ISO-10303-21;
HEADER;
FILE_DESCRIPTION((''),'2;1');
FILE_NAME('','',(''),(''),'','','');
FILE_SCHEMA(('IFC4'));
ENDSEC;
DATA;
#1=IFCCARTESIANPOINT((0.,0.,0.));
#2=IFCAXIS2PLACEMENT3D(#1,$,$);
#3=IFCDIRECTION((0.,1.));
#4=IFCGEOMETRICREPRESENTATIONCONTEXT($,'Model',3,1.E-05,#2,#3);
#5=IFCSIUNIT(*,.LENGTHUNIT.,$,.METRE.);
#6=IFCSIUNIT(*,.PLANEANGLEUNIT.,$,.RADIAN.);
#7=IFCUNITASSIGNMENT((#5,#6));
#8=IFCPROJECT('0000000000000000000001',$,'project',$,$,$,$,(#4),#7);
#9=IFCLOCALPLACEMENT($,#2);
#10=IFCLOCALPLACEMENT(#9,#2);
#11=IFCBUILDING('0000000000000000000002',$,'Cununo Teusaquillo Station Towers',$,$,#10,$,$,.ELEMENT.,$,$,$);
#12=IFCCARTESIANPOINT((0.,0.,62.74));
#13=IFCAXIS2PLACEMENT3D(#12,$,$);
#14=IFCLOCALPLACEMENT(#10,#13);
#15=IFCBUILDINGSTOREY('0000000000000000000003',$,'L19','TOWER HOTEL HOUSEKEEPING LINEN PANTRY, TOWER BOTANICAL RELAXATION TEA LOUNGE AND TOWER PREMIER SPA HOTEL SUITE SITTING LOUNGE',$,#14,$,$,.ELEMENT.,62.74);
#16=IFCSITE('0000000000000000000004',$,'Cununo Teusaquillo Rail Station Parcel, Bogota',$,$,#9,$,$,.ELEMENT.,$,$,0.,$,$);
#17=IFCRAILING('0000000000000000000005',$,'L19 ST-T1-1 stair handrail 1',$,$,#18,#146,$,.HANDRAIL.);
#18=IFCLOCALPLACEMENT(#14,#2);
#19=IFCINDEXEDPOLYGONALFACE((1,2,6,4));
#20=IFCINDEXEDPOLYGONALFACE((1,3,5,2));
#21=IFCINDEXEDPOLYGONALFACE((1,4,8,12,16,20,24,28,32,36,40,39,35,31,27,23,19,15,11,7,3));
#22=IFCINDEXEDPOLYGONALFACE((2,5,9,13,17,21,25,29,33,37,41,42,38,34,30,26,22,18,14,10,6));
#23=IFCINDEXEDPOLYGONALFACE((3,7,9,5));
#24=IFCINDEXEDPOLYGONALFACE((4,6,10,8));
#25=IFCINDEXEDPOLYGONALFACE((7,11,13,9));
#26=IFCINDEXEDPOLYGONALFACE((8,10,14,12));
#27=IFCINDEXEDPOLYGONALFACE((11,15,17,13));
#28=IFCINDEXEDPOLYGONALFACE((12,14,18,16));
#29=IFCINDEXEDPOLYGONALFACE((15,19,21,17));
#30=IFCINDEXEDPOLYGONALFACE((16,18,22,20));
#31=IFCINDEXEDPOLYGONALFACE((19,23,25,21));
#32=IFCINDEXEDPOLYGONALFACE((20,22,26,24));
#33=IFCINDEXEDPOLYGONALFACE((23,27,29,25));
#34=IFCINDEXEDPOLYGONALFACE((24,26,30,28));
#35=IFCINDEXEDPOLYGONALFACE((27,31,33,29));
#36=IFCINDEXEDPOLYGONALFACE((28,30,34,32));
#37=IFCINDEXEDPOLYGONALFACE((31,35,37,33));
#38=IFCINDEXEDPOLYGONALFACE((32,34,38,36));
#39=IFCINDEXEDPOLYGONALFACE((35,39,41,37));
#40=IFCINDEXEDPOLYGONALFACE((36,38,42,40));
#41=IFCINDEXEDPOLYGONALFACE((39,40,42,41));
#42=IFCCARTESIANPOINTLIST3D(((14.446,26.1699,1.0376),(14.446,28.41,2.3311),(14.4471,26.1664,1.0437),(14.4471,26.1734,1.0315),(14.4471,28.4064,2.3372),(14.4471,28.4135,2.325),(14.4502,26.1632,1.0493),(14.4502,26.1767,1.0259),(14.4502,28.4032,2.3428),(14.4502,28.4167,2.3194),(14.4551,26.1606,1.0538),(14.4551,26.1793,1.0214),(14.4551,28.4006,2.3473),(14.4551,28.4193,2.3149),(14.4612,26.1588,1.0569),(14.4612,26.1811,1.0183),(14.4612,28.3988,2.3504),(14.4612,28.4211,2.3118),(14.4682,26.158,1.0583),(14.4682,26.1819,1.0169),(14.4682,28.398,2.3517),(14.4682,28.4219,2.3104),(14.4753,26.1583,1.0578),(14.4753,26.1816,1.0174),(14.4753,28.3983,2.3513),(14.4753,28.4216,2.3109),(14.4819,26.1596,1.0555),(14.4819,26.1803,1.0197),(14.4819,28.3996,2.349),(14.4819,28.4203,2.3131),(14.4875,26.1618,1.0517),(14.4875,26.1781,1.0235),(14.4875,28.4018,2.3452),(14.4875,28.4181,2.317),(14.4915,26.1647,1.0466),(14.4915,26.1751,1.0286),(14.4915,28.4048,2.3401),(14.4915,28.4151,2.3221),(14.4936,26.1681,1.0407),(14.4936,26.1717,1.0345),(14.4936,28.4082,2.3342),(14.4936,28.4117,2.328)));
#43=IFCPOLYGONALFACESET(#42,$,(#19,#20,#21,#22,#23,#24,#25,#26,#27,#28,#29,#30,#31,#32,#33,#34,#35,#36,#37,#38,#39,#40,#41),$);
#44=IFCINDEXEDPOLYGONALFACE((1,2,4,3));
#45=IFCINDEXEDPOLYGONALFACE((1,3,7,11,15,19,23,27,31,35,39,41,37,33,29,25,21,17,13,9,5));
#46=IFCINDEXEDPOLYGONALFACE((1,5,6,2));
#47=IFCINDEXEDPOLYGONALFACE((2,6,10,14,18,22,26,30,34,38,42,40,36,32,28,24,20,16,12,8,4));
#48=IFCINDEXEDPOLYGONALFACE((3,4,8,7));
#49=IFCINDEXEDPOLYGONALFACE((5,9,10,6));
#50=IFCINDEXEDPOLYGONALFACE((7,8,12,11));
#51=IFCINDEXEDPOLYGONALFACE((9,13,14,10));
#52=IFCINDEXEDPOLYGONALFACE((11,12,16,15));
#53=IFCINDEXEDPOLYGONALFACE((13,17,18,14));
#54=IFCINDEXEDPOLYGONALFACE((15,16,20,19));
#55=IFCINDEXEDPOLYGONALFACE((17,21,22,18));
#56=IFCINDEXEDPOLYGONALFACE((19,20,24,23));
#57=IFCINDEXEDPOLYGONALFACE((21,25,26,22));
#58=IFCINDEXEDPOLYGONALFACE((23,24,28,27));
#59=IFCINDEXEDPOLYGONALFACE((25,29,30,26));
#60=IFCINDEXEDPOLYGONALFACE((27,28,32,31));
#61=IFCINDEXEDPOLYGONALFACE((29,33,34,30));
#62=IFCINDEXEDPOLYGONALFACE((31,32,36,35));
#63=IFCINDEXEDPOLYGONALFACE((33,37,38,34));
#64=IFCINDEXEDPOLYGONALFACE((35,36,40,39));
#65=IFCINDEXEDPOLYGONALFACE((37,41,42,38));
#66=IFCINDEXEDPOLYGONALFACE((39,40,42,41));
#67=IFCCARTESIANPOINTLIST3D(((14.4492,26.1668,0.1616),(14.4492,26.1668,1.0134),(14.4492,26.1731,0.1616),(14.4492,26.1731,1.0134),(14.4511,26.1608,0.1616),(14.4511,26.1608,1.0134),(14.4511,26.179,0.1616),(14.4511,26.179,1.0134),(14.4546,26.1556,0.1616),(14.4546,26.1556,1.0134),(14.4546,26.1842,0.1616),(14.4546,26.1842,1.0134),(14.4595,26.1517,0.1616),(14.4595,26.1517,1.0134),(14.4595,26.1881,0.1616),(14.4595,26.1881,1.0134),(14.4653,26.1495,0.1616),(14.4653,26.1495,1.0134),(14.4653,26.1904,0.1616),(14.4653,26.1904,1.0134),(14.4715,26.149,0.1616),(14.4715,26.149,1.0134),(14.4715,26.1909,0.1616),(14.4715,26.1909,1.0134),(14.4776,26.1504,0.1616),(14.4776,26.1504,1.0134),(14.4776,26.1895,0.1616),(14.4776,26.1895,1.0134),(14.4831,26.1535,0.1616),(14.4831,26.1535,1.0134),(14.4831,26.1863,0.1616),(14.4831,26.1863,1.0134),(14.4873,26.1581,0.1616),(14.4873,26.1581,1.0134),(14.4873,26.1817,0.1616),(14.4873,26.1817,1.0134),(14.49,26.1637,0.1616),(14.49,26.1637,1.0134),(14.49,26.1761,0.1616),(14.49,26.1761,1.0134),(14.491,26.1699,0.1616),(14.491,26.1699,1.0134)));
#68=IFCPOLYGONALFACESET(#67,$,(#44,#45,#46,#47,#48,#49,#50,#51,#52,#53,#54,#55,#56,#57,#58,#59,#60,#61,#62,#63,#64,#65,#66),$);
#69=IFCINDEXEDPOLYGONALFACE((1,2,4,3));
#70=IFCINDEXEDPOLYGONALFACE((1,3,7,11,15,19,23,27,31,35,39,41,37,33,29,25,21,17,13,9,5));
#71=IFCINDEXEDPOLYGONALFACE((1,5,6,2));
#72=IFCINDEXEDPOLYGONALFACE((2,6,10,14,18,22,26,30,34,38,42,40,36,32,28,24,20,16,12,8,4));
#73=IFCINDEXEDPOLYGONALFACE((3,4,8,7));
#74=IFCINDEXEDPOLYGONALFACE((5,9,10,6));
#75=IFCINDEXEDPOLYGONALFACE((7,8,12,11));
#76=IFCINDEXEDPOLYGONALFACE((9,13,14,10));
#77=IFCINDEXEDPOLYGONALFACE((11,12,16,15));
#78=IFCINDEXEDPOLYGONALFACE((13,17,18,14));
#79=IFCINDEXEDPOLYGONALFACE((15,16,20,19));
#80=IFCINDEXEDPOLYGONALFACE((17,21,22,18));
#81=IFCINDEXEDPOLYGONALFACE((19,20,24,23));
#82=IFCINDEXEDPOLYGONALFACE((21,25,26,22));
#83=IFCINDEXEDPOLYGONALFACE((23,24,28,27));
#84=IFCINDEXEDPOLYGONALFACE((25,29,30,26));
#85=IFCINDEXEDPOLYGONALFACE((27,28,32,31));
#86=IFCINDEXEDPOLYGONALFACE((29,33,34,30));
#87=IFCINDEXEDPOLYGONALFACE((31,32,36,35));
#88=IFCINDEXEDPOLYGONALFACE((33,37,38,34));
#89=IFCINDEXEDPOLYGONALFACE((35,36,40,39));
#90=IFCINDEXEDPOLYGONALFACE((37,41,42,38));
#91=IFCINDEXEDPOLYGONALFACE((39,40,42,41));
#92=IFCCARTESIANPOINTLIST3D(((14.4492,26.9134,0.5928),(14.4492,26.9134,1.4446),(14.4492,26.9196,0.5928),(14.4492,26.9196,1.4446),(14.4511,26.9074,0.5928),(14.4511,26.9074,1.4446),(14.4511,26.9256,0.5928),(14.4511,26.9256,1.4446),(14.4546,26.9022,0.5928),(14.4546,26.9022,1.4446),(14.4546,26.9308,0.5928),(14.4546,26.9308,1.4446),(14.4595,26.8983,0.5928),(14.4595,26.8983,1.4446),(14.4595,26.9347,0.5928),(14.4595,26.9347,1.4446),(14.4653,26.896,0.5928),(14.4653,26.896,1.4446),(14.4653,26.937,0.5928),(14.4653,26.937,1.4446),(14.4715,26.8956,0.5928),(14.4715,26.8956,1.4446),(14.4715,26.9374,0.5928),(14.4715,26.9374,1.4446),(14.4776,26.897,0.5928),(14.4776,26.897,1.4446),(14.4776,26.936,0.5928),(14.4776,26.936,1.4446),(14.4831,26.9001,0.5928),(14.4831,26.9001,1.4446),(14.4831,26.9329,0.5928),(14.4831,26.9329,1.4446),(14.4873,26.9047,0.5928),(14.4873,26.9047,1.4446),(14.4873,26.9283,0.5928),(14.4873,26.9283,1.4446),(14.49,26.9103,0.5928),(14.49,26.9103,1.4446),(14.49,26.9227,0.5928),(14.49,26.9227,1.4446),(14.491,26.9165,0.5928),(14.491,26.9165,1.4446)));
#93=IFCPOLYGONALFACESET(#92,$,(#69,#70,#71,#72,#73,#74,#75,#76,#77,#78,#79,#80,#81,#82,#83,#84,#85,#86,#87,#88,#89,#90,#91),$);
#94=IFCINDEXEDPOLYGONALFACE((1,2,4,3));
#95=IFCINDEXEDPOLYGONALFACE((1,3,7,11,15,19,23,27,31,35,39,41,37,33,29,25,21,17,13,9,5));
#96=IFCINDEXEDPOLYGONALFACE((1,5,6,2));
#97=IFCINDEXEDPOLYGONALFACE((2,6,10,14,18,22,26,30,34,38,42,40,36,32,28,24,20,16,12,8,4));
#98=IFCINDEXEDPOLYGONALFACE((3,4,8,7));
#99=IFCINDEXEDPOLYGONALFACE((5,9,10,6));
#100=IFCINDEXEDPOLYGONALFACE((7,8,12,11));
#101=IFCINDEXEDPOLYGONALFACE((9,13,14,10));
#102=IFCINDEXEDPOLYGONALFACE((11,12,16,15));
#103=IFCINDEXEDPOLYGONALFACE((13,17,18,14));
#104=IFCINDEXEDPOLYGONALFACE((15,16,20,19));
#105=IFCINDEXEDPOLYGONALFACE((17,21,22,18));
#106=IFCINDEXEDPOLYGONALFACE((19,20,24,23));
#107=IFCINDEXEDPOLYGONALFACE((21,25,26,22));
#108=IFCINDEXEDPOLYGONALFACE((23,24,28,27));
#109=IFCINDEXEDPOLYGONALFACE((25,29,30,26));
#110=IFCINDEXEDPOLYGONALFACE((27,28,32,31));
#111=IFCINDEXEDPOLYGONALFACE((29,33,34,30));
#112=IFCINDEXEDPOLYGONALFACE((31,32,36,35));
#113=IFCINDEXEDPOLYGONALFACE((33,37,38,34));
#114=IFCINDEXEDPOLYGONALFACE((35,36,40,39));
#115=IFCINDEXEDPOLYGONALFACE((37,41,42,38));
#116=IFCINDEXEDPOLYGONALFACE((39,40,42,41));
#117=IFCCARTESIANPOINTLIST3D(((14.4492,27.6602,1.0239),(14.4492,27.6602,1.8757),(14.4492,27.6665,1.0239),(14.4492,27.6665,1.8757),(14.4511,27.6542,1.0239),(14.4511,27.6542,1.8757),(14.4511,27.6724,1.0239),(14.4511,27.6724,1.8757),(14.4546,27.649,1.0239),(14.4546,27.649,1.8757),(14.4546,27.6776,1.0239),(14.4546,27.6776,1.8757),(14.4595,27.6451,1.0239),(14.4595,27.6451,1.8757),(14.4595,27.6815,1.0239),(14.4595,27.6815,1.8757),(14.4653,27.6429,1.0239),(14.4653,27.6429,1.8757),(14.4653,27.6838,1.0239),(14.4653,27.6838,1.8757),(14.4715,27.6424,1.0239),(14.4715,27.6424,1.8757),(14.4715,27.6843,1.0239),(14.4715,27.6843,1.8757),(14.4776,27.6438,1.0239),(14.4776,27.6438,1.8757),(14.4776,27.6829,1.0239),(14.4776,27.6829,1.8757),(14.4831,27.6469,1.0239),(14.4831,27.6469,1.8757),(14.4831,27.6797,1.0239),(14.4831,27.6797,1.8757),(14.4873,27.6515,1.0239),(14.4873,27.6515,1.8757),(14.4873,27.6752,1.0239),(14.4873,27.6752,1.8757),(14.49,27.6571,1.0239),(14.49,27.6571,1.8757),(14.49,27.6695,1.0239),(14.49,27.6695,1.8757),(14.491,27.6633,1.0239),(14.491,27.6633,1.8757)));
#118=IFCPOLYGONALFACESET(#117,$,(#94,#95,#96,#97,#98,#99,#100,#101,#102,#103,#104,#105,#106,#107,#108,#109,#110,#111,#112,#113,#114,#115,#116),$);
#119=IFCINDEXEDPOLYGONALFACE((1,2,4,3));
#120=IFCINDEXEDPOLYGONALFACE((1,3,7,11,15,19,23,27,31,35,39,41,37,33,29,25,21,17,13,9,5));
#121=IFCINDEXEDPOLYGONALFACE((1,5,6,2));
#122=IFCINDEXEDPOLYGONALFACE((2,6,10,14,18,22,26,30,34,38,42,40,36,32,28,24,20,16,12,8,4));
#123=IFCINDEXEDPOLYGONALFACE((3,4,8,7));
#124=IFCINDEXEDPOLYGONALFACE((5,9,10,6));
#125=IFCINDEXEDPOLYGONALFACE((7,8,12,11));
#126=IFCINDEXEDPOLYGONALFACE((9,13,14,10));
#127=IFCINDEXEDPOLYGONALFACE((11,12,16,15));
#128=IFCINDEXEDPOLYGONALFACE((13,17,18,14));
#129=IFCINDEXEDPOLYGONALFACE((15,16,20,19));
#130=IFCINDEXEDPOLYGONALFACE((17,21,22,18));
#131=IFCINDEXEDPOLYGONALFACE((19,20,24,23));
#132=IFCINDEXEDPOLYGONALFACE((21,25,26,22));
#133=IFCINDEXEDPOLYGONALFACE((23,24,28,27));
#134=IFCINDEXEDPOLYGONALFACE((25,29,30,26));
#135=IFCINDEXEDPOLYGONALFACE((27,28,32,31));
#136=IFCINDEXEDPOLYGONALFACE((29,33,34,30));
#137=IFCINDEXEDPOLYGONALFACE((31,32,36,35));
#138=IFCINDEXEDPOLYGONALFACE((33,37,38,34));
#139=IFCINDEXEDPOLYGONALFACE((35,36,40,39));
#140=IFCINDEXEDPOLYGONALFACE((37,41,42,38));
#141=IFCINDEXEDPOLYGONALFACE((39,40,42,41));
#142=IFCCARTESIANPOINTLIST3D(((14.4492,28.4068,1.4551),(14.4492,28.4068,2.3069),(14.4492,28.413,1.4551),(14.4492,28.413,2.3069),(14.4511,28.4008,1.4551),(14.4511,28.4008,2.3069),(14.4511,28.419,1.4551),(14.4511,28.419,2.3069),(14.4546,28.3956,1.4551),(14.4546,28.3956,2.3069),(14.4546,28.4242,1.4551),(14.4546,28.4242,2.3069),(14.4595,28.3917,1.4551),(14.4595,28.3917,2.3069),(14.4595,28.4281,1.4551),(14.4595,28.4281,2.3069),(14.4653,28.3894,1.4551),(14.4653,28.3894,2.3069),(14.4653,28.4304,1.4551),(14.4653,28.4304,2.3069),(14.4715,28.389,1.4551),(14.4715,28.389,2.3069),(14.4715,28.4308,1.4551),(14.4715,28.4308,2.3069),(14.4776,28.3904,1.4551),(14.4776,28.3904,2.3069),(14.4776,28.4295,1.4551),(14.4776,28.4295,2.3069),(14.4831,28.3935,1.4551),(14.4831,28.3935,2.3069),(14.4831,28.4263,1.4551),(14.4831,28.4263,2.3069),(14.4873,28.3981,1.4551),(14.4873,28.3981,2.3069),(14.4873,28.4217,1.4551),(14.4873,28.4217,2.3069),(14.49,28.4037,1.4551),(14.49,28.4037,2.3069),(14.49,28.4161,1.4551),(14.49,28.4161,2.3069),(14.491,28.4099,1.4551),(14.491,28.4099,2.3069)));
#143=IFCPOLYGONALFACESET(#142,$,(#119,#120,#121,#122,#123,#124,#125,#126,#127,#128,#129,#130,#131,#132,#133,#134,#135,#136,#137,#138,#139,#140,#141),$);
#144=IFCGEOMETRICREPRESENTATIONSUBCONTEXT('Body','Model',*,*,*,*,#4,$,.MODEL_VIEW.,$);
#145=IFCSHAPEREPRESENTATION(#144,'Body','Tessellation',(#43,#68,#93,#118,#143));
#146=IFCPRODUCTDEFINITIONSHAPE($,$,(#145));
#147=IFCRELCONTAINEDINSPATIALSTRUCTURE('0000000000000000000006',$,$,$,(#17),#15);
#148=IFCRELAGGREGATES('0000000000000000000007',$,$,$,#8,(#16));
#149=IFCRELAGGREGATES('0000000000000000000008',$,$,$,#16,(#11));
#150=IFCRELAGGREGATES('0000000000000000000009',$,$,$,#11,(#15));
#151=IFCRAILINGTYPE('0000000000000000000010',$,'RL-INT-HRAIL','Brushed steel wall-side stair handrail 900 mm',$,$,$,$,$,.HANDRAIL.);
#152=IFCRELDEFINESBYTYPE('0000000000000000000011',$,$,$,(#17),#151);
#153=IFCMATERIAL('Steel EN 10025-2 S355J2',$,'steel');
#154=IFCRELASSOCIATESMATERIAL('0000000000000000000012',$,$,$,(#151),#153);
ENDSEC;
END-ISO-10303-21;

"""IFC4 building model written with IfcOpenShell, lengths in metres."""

from ifc_helpers import new_model, si_unit, direction, frame, origin, origin_2d, place, context, subcontext, project, spatial, circle, extrude, material, type_object, element, save


model = new_model("IFC4")

# Units and contexts
model_context = context("Model", 3, precision=1e-05, world=origin(), true_north=direction((0.0, 1.0)))
body_context = subcontext(model_context, "Body", "Model", "MODEL_VIEW")
ifc_project = project(units=[si_unit("LENGTHUNIT", "METRE"), si_unit("PLANEANGLEUNIT", "RADIAN")], contexts=[model_context])

# Site, building, storey
site_placement = place(None, origin())
site = spatial("IfcSite", under=ifc_project, at=site_placement, Name="Cununo Teusaquillo Rail Station Parcel, Bogota", CompositionType="ELEMENT", RefElevation=0.0)
building_placement = place(site_placement, origin())
building = spatial("IfcBuilding", under=site, at=building_placement, Name="Cununo Teusaquillo Station Towers", CompositionType="ELEMENT")
storey_placement = place(building_placement, frame((0.0, 0.0, 62.74)))
storey = spatial("IfcBuildingStorey", under=building, at=storey_placement, Name="L19", Description="TOWER HOTEL HOUSEKEEPING LINEN PANTRY, TOWER BOTANICAL RELAXATION TEA LOUNGE AND TOWER PREMIER SPA HOTEL SUITE SITTING LOUNGE", CompositionType="ELEMENT", Elevation=62.74)

# Railing
ifc_material_1 = material(Name="Steel EN 10025-2 S355J2", Category="steel")
railing_type_1 = type_object("IfcRailingType", Name="RL-INT-HRAIL", Description="Brushed steel wall-side stair handrail 900 mm", PredefinedType="HANDRAIL", material=ifc_material_1)
railing_1_placement = place(storey_placement, frame((14.47, 26.1699, 0.1616)))
element("IfcRailing", 1, at=railing_1_placement, inside=storey, type_object=railing_type_1, Name="L19 ST-T1-1 stair handrail 1", PredefinedType="HANDRAIL", context=body_context, shape_type="SweptSolid", body=[
    extrude(circle(Radius=0.0239, at=origin_2d()), frame((0.0, 0.0, 0.876), z_axis=(0.0, 0.865992, 0.500057), x_axis=(-1.0, 0.0, 0.0)), (0.0, 0.0, 1.0), 2.5867),
    extrude(circle(Radius=0.021, at=origin_2d()), origin(), (0.0, 0.0, 1.0), 0.8518),
    extrude(circle(Radius=0.021, at=origin_2d()), frame((0.0, 0.7466, 0.4312)), (0.0, 0.0, 1.0), 0.8518),
    extrude(circle(Radius=0.021, at=origin_2d()), frame((0.0, 1.4934, 0.8623)), (0.0, 0.0, 1.0), 0.8518),
    extrude(circle(Radius=0.021, at=origin_2d()), frame((0.0, 2.24, 1.2935)), (0.0, 0.0, 1.0), 0.8518),
])

save(model, "model.ifc")
